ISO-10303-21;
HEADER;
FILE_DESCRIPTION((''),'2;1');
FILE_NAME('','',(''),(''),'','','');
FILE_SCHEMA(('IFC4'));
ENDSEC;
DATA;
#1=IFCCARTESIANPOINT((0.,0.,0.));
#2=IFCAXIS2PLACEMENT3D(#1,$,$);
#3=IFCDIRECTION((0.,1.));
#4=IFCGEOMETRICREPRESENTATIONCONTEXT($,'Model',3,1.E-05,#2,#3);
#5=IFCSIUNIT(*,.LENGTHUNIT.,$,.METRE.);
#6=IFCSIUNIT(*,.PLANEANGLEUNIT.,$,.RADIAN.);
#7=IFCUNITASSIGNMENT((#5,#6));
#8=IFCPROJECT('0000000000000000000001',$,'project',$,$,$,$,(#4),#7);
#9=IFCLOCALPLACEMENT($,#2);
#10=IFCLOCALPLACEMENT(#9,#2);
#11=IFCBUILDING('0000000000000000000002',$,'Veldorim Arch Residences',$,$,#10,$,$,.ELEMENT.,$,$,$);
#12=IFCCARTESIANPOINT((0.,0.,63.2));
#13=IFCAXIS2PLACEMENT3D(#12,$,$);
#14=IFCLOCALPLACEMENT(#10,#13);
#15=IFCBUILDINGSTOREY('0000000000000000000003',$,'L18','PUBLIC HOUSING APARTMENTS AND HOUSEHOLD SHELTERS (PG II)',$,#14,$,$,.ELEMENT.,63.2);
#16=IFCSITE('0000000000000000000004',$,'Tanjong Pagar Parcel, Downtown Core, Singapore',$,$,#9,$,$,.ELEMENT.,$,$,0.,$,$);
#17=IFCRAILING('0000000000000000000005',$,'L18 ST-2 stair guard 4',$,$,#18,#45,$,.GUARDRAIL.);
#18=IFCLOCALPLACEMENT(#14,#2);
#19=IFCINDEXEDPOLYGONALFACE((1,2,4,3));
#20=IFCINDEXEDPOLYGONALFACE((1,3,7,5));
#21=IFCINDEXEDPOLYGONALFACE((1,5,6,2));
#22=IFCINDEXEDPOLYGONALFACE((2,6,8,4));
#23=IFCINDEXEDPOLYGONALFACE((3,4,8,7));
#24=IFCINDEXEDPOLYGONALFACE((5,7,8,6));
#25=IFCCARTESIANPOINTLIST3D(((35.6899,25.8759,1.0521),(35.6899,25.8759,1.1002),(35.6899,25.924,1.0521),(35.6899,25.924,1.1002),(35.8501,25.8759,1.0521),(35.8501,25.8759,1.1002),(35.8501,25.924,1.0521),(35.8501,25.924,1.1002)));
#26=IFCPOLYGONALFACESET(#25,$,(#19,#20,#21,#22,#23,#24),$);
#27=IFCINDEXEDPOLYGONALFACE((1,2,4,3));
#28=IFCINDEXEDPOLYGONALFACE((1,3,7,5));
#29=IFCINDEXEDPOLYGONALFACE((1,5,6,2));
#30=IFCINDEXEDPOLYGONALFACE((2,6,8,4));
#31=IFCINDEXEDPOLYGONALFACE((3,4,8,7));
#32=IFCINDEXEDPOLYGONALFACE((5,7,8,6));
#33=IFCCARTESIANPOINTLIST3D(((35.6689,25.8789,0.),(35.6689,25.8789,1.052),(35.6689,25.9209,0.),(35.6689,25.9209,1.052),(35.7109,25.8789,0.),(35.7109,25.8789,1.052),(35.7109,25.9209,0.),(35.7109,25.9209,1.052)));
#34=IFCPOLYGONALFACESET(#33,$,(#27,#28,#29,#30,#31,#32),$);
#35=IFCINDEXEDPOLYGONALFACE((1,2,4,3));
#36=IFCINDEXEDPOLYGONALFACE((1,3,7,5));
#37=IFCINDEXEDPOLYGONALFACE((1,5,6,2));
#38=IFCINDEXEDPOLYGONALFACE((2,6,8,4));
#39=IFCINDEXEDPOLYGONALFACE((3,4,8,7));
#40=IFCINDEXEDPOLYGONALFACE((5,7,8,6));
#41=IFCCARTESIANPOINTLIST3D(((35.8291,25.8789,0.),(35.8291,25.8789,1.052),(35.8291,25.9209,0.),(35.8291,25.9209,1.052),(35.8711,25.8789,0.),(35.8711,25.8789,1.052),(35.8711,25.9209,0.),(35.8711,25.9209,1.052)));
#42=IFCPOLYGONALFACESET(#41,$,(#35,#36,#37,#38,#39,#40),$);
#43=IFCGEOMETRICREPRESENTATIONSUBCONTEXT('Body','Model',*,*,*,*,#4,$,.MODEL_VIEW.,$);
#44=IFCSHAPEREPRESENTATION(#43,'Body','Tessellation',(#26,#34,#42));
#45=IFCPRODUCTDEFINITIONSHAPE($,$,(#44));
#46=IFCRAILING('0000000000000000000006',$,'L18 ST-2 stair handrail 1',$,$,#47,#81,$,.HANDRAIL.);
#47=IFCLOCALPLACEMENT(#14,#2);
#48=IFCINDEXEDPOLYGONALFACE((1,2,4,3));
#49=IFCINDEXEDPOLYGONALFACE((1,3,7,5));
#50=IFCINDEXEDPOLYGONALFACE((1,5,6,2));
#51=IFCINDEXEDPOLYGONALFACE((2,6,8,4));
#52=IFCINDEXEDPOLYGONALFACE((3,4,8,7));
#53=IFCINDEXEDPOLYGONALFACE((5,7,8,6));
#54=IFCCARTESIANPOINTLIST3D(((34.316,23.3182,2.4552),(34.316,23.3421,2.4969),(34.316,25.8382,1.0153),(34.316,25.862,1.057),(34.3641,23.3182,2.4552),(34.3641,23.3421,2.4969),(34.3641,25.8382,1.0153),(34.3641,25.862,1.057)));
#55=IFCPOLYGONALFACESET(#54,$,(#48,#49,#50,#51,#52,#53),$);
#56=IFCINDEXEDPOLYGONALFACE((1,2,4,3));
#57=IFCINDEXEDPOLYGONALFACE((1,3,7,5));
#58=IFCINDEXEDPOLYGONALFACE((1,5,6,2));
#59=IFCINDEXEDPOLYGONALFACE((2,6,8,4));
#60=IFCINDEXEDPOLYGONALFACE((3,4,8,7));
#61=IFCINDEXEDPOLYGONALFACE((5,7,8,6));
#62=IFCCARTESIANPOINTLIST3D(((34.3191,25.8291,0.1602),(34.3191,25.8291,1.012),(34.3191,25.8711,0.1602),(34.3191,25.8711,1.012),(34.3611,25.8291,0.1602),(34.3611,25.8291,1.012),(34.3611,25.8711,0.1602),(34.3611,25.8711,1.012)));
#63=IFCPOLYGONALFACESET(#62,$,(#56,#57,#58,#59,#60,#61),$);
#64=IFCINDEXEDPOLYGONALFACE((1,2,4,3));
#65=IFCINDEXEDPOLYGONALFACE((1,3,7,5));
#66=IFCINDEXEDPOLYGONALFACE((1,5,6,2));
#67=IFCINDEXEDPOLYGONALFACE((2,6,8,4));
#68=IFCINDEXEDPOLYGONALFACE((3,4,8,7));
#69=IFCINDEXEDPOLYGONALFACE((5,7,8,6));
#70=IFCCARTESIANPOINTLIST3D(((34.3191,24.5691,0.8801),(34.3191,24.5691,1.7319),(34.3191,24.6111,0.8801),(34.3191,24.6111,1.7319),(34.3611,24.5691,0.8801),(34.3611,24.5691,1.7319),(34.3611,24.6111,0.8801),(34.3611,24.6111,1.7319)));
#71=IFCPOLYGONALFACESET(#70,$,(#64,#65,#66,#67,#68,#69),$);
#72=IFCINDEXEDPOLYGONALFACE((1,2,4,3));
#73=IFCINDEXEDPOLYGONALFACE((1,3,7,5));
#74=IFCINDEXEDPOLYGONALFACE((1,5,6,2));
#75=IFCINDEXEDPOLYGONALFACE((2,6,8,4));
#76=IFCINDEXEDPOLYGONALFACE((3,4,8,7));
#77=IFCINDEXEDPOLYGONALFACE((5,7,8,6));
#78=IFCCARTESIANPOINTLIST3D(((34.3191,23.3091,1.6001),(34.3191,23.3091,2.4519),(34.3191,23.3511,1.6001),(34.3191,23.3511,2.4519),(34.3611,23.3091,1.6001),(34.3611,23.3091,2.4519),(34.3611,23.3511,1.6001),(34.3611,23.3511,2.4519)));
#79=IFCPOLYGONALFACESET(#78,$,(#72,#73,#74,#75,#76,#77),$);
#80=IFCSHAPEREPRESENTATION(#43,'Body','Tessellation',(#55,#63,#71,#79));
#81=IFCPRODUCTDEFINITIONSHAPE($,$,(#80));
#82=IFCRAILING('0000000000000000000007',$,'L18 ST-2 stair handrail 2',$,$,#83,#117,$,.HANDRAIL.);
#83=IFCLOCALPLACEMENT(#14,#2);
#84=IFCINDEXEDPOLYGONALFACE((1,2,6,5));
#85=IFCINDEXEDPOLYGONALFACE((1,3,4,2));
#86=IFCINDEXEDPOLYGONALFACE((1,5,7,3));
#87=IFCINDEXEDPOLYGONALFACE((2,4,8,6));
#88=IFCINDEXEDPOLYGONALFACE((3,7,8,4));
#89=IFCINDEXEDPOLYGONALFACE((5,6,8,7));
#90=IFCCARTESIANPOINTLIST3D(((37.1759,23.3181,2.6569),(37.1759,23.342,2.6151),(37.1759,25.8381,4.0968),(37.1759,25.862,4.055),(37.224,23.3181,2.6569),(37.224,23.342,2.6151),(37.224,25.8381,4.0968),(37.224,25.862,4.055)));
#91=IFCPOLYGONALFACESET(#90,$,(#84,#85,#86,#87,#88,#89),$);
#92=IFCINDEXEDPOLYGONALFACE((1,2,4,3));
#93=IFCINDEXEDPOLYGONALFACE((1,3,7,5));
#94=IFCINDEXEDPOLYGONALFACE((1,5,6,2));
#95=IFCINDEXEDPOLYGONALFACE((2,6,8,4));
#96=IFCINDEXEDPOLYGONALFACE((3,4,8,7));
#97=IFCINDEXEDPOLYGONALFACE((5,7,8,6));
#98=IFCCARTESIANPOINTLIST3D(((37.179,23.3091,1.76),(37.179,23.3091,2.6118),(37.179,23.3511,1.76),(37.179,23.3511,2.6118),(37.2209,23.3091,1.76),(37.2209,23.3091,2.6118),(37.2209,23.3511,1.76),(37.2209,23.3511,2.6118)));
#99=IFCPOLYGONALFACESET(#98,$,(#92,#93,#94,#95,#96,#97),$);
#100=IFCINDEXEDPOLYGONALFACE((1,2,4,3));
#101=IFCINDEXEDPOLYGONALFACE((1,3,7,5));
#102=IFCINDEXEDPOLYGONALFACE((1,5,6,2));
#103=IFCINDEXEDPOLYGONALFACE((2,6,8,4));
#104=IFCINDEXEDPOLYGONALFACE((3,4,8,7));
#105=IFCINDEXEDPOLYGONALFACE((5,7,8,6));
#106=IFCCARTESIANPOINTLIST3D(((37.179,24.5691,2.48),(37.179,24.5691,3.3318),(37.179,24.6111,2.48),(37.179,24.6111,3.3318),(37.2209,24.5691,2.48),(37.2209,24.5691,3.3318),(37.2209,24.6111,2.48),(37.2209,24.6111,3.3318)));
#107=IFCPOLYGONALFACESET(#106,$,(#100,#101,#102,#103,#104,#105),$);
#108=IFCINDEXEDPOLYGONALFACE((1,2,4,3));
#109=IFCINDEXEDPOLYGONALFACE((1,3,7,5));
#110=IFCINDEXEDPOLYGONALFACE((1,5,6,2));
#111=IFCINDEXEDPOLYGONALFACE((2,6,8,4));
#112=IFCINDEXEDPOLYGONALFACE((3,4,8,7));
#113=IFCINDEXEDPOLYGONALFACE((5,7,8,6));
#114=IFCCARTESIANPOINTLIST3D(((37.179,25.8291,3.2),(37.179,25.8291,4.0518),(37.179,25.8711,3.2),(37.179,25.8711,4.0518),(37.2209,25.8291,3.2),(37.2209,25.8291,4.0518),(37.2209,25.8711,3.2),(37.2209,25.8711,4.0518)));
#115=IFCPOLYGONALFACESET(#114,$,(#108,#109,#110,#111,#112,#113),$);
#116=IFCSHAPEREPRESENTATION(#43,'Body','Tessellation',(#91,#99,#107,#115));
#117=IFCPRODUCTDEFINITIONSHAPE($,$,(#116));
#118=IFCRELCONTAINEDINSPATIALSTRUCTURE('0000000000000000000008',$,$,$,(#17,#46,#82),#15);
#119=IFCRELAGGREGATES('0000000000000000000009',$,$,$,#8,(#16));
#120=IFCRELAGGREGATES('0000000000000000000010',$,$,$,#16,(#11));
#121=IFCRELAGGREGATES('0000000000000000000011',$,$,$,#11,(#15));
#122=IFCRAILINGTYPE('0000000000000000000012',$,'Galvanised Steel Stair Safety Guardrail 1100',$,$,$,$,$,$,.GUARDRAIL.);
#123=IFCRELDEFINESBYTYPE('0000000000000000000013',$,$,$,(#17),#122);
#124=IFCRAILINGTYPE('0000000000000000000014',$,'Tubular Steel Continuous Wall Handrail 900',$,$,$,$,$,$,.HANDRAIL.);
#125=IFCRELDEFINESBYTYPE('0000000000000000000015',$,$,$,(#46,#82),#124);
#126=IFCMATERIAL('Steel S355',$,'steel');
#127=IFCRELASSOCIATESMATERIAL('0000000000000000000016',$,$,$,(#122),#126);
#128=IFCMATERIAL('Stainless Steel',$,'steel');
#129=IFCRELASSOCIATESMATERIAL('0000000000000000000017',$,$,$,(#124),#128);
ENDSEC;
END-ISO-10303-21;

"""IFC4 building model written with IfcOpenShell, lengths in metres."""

from ifc_helpers import new_model, si_unit, direction, frame, origin, origin_2d, place, context, subcontext, project, spatial, rectangle, extrude, material, type_object, element, save


model = new_model("IFC4")

# Units and contexts
model_context = context("Model", 3, precision=1e-05, world=origin(), true_north=direction((0.0, 1.0)))
body_context = subcontext(model_context, "Body", "Model", "MODEL_VIEW")
ifc_project = project(units=[si_unit("LENGTHUNIT", "METRE"), si_unit("PLANEANGLEUNIT", "RADIAN")], contexts=[model_context])

# Site, building, storey
site_placement = place(None, origin())
site = spatial("IfcSite", under=ifc_project, at=site_placement, Name="Tanjong Pagar Parcel, Downtown Core, Singapore", CompositionType="ELEMENT", RefElevation=0.0)
building_placement = place(site_placement, origin())
building = spatial("IfcBuilding", under=site, at=building_placement, Name="Veldorim Arch Residences", CompositionType="ELEMENT")
storey_placement = place(building_placement, frame((0.0, 0.0, 63.2)))
storey = spatial("IfcBuildingStorey", under=building, at=storey_placement, Name="L18", Description="PUBLIC HOUSING APARTMENTS AND HOUSEHOLD SHELTERS (PG II)", CompositionType="ELEMENT", Elevation=63.2)

# Railings
ifc_material_1 = material(Name="Steel S355", Category="steel")
railing_type_1 = type_object("IfcRailingType", Name="Galvanised Steel Stair Safety Guardrail 1100", PredefinedType="GUARDRAIL", material=ifc_material_1)
railing_1_placement = place(storey_placement, frame((35.6899, 25.8999, 0.0)))
element("IfcRailing", 1, at=railing_1_placement, inside=storey, type_object=railing_type_1, Name="L18 ST-2 stair guard 4", PredefinedType="GUARDRAIL", context=body_context, shape_type="SweptSolid", body=[
    extrude(rectangle(XDim=0.0481, YDim=0.0481, at=origin_2d()), frame((0.0, 0.0, 1.0762), z_axis=(1.0, 0.0, 0.0), x_axis=(0.0, 1.0, 0.0)), (0.0, 0.0, 1.0), 0.1602),
    extrude(rectangle(XDim=0.042, YDim=0.042, at=origin_2d()), origin(), (0.0, 0.0, 1.0), 1.052),
    extrude(rectangle(XDim=0.042, YDim=0.042, at=origin_2d()), frame((0.1602, 0.0, 0.0)), (0.0, 0.0, 1.0), 1.052),
])
ifc_material_2 = material(Name="Stainless Steel", Category="steel")
railing_type_2 = type_object("IfcRailingType", Name="Tubular Steel Continuous Wall Handrail 900", PredefinedType="HANDRAIL", material=ifc_material_2)
railing_2_placement = place(storey_placement, frame((34.3401, 25.8501, 0.1602)))
element("IfcRailing", 2, at=railing_2_placement, inside=storey, type_object=railing_type_2, Name="L18 ST-2 stair handrail 1", PredefinedType="HANDRAIL", context=body_context, shape_type="SweptSolid", body=[
    extrude(rectangle(XDim=0.0481, YDim=0.0481, at=origin_2d()), frame((0.0, 0.0, 0.876), z_axis=(0.0, -0.868253, 0.496121), x_axis=(1.0, 0.0, 0.0)), (0.0, 0.0, 1.0), 2.9023),
    extrude(rectangle(XDim=0.042, YDim=0.042, at=origin_2d()), origin(), (0.0, 0.0, 1.0), 0.8518),
    extrude(rectangle(XDim=0.042, YDim=0.042, at=origin_2d()), frame((0.0, -1.26, 0.72)), (0.0, 0.0, 1.0), 0.8518),
    extrude(rectangle(XDim=0.042, YDim=0.042, at=origin_2d()), frame((0.0, -2.52, 1.4399)), (0.0, 0.0, 1.0), 0.8518),
])
railing_3_placement = place(storey_placement, frame((37.2, 23.3301, 1.76)))
element("IfcRailing", 3, at=railing_3_placement, inside=storey, type_object=railing_type_2, Name="L18 ST-2 stair handrail 2", PredefinedType="HANDRAIL", context=body_context, shape_type="SweptSolid", body=[
    extrude(rectangle(XDim=0.0481, YDim=0.0481, at=origin_2d()), frame((0.0, 0.0, 0.876), z_axis=(0.0, 0.868253, 0.496121), x_axis=(-1.0, 0.0, 0.0)), (0.0, 0.0, 1.0), 2.9023),
    extrude(rectangle(XDim=0.042, YDim=0.042, at=origin_2d()), origin(), (0.0, 0.0, 1.0), 0.8518),
    extrude(rectangle(XDim=0.042, YDim=0.042, at=origin_2d()), frame((0.0, 1.26, 0.72)), (0.0, 0.0, 1.0), 0.8518),
    extrude(rectangle(XDim=0.042, YDim=0.042, at=origin_2d()), frame((0.0, 2.52, 1.4399)), (0.0, 0.0, 1.0), 0.8518),
])

save(model, "model.ifc")
